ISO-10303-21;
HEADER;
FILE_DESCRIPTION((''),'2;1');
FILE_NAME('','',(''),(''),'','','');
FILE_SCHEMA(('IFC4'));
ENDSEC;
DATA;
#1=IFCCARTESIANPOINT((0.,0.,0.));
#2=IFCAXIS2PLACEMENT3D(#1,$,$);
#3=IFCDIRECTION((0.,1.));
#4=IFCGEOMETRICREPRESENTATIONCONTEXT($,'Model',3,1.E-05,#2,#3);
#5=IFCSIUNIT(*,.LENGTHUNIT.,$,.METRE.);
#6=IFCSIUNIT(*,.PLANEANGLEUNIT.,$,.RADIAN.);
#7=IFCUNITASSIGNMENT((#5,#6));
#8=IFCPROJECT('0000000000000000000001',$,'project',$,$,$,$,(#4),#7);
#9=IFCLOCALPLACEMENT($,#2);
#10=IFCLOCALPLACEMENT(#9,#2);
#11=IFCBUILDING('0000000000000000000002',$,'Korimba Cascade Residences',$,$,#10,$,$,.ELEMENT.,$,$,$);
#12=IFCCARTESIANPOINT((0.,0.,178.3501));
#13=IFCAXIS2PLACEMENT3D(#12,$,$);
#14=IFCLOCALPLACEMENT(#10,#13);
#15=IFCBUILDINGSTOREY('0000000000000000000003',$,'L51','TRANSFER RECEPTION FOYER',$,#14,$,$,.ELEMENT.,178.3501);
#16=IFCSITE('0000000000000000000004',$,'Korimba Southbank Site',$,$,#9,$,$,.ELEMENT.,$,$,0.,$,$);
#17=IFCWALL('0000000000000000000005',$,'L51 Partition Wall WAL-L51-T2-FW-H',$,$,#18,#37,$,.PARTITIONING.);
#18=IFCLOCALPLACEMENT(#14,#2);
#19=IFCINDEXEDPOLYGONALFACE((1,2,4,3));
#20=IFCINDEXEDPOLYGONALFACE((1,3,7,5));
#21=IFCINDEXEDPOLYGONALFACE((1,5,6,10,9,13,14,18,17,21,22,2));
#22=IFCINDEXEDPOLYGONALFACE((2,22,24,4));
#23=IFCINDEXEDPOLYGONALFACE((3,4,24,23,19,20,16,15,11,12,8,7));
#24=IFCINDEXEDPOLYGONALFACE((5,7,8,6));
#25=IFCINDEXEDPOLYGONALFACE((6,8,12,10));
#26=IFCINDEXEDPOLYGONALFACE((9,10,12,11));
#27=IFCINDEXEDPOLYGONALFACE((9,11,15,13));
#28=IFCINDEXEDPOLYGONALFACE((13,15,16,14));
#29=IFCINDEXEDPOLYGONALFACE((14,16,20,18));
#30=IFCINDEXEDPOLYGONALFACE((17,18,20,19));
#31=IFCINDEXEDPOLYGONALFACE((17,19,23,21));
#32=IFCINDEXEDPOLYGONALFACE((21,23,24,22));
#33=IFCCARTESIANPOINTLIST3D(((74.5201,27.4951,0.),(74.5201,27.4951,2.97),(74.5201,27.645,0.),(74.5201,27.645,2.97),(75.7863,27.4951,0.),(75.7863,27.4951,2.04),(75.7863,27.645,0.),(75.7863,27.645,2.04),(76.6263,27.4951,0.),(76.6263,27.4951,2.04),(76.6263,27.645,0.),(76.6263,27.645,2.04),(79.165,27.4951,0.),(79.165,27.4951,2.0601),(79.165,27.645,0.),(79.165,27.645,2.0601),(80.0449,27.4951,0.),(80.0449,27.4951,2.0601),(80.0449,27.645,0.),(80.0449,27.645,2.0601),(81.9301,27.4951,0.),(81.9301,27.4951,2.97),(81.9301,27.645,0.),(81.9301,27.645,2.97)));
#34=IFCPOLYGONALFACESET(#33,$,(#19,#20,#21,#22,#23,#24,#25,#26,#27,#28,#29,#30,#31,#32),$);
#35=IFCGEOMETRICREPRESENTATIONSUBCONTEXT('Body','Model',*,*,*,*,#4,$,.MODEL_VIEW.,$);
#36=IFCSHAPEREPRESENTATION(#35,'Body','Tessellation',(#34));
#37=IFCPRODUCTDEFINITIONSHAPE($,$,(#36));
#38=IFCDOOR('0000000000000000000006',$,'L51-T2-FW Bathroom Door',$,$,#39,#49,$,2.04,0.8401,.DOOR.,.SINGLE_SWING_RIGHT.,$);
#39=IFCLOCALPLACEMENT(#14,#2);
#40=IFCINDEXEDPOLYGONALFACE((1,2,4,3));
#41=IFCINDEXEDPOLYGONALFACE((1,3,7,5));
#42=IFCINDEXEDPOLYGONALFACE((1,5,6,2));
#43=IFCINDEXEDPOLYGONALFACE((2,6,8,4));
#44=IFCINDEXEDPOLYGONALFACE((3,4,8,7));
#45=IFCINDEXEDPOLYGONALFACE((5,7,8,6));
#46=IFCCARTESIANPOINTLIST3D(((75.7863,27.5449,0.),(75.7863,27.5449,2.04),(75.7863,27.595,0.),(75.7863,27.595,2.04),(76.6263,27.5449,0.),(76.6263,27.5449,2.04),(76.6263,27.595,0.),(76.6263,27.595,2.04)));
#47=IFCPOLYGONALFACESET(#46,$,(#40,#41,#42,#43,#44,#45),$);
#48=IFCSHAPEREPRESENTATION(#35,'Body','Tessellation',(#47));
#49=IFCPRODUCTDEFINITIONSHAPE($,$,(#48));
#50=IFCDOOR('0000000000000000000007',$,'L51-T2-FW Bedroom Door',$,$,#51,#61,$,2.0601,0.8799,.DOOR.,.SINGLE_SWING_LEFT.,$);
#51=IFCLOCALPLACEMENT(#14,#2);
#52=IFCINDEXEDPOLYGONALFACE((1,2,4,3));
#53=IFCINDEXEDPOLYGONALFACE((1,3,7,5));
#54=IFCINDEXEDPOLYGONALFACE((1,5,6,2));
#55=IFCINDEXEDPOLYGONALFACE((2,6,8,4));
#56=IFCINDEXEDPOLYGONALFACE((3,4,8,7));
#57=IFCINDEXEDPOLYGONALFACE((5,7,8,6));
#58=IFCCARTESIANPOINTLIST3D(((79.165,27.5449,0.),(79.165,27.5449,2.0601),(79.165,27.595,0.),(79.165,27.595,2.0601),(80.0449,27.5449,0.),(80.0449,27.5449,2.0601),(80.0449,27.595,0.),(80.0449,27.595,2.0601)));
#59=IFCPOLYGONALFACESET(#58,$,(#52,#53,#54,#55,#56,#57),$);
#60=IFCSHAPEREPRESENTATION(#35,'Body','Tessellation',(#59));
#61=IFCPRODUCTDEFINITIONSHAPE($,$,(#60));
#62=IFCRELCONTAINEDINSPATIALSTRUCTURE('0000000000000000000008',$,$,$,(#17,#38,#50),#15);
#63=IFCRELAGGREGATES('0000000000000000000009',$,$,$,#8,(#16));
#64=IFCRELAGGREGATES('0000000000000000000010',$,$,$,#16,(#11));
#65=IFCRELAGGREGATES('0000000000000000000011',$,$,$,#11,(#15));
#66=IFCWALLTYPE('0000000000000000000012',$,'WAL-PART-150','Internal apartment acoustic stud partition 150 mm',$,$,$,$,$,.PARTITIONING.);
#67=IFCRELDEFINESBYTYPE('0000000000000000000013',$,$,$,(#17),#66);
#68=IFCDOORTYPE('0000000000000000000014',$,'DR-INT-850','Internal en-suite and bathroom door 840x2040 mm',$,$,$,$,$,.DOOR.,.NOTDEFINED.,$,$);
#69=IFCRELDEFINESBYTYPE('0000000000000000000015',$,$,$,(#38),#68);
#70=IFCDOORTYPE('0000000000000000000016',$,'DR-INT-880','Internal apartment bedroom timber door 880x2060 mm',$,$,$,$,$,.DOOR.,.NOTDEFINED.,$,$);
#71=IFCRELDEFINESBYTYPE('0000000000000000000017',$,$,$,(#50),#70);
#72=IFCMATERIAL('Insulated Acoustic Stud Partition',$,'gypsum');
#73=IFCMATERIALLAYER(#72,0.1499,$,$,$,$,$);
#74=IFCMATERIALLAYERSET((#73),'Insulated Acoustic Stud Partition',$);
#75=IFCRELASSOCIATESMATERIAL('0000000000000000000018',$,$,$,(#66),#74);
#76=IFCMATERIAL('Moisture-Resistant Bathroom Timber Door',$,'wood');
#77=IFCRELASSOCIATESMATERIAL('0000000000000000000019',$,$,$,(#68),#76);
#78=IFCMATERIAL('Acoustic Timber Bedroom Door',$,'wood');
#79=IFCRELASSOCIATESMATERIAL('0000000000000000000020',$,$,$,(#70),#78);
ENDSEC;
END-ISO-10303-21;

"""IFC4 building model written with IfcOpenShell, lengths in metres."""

from ifc_helpers import new_model, si_unit, direction, frame, frame_2d, origin, place, context, subcontext, project, spatial, rectangle, extrude, material, layer, layer_set, type_object, element, fill, save


model = new_model("IFC4")

# Units and contexts
model_context = context("Model", 3, precision=1e-05, world=origin(), true_north=direction((0.0, 1.0)))
body_context = subcontext(model_context, "Body", "Model", "MODEL_VIEW")
ifc_project = project(units=[si_unit("LENGTHUNIT", "METRE"), si_unit("PLANEANGLEUNIT", "RADIAN")], contexts=[model_context])

# Site, building, storey
site_placement = place(None, origin())
site = spatial("IfcSite", under=ifc_project, at=site_placement, Name="Korimba Southbank Site", CompositionType="ELEMENT", RefElevation=0.0)
building_placement = place(site_placement, origin())
building = spatial("IfcBuilding", under=site, at=building_placement, Name="Korimba Cascade Residences", CompositionType="ELEMENT")
storey_placement = place(building_placement, frame((0.0, 0.0, 178.3501)))
storey = spatial("IfcBuildingStorey", under=building, at=storey_placement, Name="L51", Description="TRANSFER RECEPTION FOYER", CompositionType="ELEMENT", Elevation=178.3501)

# Shared definitions
ifc_material_1 = material(Name="Insulated Acoustic Stud Partition", Category="gypsum")
ifc_layer_1 = layer(ifc_material_1, 0.1499)
ifc_layer_set_1 = layer_set([ifc_layer_1], Name="Insulated Acoustic Stud Partition")
wall_type_1 = type_object("IfcWallType", Name="WAL-PART-150", Description="Internal apartment acoustic stud partition 150 mm", PredefinedType="PARTITIONING", material=ifc_layer_set_1)

# Wall, openings, doors
wall_1_placement = place(storey_placement, frame((74.52, 27.5701, 0.0), z_axis=(0.0, 0.0, 1.0), x_axis=(1.0, 0.0, 0.0)))
wall_1 = element("IfcWall", 1, at=wall_1_placement, inside=storey, type_object=wall_type_1, Name="L51 Partition Wall WAL-L51-T2-FW-H", PredefinedType="PARTITIONING", context=body_context, shape_type="SweptSolid", body=[
    extrude(rectangle(XDim=7.4099, YDim=0.1499, at=frame_2d((3.7051, 0.0))), origin(), (0.0, 0.0, 1.0), 2.97),
])
opening_1_placement = place(wall_1_placement, frame((1.2664, 0.0, 0.0)))
opening_1 = element("IfcOpeningElement", 2, at=opening_1_placement, cuts=wall_1, PredefinedType="OPENING", context=body_context, shape_type="SweptSolid", body=[
    extrude(rectangle(XDim=0.8401, YDim=2.04, at=frame_2d((0.4199, 1.02))), frame((0.0, 0.085, 0.0), z_axis=(0.0, -1.0, 0.0), x_axis=(1.0, 0.0, 0.0)), (0.0, 0.0, 1.0), 0.1699),
])
opening_2_placement = place(wall_1_placement, frame((4.645, 0.0, 0.0)))
opening_2 = element("IfcOpeningElement", 3, at=opening_2_placement, cuts=wall_1, PredefinedType="OPENING", context=body_context, shape_type="SweptSolid", body=[
    extrude(rectangle(XDim=0.8799, YDim=2.0601, at=frame_2d((0.4399, 1.03))), frame((0.0, 0.085, 0.0), z_axis=(0.0, -1.0, 0.0), x_axis=(1.0, 0.0, 0.0)), (0.0, 0.0, 1.0), 0.1699),
])
ifc_material_2 = material(Name="Moisture-Resistant Bathroom Timber Door", Category="wood")
door_type_1 = type_object("IfcDoorType", Name="DR-INT-850", Description="Internal en-suite and bathroom door 840x2040 mm", OperationType="NOTDEFINED", PredefinedType="DOOR", material=ifc_material_2)
door_1_placement = place(opening_1_placement, origin())
door_1 = element("IfcDoor", 4, at=door_1_placement, inside=storey, type_object=door_type_1, Name="L51-T2-FW Bathroom Door", OperationType="SINGLE_SWING_RIGHT", OverallHeight=2.04, OverallWidth=0.8401, PredefinedType="DOOR", context=body_context, shape_type="SweptSolid", body=[
    extrude(rectangle(XDim=0.8401, YDim=2.04, at=frame_2d((0.4199, 1.02))), frame((0.0, 0.0249, 0.0), z_axis=(0.0, -1.0, 0.0), x_axis=(1.0, 0.0, 0.0)), (0.0, 0.0, 1.0), 0.05),
])
fill(opening_1, door_1)
ifc_material_3 = material(Name="Acoustic Timber Bedroom Door", Category="wood")
door_type_2 = type_object("IfcDoorType", Name="DR-INT-880", Description="Internal apartment bedroom timber door 880x2060 mm", OperationType="NOTDEFINED", PredefinedType="DOOR", material=ifc_material_3)
door_2_placement = place(opening_2_placement, origin())
door_2 = element("IfcDoor", 5, at=door_2_placement, inside=storey, type_object=door_type_2, Name="L51-T2-FW Bedroom Door", OperationType="SINGLE_SWING_LEFT", OverallHeight=2.0601, OverallWidth=0.8799, PredefinedType="DOOR", context=body_context, shape_type="SweptSolid", body=[
    extrude(rectangle(XDim=0.8799, YDim=2.0601, at=frame_2d((0.4399, 1.03))), frame((0.0, 0.0249, 0.0), z_axis=(0.0, -1.0, 0.0), x_axis=(1.0, 0.0, 0.0)), (0.0, 0.0, 1.0), 0.05),
])
fill(opening_2, door_2)

save(model, "model.ifc")
